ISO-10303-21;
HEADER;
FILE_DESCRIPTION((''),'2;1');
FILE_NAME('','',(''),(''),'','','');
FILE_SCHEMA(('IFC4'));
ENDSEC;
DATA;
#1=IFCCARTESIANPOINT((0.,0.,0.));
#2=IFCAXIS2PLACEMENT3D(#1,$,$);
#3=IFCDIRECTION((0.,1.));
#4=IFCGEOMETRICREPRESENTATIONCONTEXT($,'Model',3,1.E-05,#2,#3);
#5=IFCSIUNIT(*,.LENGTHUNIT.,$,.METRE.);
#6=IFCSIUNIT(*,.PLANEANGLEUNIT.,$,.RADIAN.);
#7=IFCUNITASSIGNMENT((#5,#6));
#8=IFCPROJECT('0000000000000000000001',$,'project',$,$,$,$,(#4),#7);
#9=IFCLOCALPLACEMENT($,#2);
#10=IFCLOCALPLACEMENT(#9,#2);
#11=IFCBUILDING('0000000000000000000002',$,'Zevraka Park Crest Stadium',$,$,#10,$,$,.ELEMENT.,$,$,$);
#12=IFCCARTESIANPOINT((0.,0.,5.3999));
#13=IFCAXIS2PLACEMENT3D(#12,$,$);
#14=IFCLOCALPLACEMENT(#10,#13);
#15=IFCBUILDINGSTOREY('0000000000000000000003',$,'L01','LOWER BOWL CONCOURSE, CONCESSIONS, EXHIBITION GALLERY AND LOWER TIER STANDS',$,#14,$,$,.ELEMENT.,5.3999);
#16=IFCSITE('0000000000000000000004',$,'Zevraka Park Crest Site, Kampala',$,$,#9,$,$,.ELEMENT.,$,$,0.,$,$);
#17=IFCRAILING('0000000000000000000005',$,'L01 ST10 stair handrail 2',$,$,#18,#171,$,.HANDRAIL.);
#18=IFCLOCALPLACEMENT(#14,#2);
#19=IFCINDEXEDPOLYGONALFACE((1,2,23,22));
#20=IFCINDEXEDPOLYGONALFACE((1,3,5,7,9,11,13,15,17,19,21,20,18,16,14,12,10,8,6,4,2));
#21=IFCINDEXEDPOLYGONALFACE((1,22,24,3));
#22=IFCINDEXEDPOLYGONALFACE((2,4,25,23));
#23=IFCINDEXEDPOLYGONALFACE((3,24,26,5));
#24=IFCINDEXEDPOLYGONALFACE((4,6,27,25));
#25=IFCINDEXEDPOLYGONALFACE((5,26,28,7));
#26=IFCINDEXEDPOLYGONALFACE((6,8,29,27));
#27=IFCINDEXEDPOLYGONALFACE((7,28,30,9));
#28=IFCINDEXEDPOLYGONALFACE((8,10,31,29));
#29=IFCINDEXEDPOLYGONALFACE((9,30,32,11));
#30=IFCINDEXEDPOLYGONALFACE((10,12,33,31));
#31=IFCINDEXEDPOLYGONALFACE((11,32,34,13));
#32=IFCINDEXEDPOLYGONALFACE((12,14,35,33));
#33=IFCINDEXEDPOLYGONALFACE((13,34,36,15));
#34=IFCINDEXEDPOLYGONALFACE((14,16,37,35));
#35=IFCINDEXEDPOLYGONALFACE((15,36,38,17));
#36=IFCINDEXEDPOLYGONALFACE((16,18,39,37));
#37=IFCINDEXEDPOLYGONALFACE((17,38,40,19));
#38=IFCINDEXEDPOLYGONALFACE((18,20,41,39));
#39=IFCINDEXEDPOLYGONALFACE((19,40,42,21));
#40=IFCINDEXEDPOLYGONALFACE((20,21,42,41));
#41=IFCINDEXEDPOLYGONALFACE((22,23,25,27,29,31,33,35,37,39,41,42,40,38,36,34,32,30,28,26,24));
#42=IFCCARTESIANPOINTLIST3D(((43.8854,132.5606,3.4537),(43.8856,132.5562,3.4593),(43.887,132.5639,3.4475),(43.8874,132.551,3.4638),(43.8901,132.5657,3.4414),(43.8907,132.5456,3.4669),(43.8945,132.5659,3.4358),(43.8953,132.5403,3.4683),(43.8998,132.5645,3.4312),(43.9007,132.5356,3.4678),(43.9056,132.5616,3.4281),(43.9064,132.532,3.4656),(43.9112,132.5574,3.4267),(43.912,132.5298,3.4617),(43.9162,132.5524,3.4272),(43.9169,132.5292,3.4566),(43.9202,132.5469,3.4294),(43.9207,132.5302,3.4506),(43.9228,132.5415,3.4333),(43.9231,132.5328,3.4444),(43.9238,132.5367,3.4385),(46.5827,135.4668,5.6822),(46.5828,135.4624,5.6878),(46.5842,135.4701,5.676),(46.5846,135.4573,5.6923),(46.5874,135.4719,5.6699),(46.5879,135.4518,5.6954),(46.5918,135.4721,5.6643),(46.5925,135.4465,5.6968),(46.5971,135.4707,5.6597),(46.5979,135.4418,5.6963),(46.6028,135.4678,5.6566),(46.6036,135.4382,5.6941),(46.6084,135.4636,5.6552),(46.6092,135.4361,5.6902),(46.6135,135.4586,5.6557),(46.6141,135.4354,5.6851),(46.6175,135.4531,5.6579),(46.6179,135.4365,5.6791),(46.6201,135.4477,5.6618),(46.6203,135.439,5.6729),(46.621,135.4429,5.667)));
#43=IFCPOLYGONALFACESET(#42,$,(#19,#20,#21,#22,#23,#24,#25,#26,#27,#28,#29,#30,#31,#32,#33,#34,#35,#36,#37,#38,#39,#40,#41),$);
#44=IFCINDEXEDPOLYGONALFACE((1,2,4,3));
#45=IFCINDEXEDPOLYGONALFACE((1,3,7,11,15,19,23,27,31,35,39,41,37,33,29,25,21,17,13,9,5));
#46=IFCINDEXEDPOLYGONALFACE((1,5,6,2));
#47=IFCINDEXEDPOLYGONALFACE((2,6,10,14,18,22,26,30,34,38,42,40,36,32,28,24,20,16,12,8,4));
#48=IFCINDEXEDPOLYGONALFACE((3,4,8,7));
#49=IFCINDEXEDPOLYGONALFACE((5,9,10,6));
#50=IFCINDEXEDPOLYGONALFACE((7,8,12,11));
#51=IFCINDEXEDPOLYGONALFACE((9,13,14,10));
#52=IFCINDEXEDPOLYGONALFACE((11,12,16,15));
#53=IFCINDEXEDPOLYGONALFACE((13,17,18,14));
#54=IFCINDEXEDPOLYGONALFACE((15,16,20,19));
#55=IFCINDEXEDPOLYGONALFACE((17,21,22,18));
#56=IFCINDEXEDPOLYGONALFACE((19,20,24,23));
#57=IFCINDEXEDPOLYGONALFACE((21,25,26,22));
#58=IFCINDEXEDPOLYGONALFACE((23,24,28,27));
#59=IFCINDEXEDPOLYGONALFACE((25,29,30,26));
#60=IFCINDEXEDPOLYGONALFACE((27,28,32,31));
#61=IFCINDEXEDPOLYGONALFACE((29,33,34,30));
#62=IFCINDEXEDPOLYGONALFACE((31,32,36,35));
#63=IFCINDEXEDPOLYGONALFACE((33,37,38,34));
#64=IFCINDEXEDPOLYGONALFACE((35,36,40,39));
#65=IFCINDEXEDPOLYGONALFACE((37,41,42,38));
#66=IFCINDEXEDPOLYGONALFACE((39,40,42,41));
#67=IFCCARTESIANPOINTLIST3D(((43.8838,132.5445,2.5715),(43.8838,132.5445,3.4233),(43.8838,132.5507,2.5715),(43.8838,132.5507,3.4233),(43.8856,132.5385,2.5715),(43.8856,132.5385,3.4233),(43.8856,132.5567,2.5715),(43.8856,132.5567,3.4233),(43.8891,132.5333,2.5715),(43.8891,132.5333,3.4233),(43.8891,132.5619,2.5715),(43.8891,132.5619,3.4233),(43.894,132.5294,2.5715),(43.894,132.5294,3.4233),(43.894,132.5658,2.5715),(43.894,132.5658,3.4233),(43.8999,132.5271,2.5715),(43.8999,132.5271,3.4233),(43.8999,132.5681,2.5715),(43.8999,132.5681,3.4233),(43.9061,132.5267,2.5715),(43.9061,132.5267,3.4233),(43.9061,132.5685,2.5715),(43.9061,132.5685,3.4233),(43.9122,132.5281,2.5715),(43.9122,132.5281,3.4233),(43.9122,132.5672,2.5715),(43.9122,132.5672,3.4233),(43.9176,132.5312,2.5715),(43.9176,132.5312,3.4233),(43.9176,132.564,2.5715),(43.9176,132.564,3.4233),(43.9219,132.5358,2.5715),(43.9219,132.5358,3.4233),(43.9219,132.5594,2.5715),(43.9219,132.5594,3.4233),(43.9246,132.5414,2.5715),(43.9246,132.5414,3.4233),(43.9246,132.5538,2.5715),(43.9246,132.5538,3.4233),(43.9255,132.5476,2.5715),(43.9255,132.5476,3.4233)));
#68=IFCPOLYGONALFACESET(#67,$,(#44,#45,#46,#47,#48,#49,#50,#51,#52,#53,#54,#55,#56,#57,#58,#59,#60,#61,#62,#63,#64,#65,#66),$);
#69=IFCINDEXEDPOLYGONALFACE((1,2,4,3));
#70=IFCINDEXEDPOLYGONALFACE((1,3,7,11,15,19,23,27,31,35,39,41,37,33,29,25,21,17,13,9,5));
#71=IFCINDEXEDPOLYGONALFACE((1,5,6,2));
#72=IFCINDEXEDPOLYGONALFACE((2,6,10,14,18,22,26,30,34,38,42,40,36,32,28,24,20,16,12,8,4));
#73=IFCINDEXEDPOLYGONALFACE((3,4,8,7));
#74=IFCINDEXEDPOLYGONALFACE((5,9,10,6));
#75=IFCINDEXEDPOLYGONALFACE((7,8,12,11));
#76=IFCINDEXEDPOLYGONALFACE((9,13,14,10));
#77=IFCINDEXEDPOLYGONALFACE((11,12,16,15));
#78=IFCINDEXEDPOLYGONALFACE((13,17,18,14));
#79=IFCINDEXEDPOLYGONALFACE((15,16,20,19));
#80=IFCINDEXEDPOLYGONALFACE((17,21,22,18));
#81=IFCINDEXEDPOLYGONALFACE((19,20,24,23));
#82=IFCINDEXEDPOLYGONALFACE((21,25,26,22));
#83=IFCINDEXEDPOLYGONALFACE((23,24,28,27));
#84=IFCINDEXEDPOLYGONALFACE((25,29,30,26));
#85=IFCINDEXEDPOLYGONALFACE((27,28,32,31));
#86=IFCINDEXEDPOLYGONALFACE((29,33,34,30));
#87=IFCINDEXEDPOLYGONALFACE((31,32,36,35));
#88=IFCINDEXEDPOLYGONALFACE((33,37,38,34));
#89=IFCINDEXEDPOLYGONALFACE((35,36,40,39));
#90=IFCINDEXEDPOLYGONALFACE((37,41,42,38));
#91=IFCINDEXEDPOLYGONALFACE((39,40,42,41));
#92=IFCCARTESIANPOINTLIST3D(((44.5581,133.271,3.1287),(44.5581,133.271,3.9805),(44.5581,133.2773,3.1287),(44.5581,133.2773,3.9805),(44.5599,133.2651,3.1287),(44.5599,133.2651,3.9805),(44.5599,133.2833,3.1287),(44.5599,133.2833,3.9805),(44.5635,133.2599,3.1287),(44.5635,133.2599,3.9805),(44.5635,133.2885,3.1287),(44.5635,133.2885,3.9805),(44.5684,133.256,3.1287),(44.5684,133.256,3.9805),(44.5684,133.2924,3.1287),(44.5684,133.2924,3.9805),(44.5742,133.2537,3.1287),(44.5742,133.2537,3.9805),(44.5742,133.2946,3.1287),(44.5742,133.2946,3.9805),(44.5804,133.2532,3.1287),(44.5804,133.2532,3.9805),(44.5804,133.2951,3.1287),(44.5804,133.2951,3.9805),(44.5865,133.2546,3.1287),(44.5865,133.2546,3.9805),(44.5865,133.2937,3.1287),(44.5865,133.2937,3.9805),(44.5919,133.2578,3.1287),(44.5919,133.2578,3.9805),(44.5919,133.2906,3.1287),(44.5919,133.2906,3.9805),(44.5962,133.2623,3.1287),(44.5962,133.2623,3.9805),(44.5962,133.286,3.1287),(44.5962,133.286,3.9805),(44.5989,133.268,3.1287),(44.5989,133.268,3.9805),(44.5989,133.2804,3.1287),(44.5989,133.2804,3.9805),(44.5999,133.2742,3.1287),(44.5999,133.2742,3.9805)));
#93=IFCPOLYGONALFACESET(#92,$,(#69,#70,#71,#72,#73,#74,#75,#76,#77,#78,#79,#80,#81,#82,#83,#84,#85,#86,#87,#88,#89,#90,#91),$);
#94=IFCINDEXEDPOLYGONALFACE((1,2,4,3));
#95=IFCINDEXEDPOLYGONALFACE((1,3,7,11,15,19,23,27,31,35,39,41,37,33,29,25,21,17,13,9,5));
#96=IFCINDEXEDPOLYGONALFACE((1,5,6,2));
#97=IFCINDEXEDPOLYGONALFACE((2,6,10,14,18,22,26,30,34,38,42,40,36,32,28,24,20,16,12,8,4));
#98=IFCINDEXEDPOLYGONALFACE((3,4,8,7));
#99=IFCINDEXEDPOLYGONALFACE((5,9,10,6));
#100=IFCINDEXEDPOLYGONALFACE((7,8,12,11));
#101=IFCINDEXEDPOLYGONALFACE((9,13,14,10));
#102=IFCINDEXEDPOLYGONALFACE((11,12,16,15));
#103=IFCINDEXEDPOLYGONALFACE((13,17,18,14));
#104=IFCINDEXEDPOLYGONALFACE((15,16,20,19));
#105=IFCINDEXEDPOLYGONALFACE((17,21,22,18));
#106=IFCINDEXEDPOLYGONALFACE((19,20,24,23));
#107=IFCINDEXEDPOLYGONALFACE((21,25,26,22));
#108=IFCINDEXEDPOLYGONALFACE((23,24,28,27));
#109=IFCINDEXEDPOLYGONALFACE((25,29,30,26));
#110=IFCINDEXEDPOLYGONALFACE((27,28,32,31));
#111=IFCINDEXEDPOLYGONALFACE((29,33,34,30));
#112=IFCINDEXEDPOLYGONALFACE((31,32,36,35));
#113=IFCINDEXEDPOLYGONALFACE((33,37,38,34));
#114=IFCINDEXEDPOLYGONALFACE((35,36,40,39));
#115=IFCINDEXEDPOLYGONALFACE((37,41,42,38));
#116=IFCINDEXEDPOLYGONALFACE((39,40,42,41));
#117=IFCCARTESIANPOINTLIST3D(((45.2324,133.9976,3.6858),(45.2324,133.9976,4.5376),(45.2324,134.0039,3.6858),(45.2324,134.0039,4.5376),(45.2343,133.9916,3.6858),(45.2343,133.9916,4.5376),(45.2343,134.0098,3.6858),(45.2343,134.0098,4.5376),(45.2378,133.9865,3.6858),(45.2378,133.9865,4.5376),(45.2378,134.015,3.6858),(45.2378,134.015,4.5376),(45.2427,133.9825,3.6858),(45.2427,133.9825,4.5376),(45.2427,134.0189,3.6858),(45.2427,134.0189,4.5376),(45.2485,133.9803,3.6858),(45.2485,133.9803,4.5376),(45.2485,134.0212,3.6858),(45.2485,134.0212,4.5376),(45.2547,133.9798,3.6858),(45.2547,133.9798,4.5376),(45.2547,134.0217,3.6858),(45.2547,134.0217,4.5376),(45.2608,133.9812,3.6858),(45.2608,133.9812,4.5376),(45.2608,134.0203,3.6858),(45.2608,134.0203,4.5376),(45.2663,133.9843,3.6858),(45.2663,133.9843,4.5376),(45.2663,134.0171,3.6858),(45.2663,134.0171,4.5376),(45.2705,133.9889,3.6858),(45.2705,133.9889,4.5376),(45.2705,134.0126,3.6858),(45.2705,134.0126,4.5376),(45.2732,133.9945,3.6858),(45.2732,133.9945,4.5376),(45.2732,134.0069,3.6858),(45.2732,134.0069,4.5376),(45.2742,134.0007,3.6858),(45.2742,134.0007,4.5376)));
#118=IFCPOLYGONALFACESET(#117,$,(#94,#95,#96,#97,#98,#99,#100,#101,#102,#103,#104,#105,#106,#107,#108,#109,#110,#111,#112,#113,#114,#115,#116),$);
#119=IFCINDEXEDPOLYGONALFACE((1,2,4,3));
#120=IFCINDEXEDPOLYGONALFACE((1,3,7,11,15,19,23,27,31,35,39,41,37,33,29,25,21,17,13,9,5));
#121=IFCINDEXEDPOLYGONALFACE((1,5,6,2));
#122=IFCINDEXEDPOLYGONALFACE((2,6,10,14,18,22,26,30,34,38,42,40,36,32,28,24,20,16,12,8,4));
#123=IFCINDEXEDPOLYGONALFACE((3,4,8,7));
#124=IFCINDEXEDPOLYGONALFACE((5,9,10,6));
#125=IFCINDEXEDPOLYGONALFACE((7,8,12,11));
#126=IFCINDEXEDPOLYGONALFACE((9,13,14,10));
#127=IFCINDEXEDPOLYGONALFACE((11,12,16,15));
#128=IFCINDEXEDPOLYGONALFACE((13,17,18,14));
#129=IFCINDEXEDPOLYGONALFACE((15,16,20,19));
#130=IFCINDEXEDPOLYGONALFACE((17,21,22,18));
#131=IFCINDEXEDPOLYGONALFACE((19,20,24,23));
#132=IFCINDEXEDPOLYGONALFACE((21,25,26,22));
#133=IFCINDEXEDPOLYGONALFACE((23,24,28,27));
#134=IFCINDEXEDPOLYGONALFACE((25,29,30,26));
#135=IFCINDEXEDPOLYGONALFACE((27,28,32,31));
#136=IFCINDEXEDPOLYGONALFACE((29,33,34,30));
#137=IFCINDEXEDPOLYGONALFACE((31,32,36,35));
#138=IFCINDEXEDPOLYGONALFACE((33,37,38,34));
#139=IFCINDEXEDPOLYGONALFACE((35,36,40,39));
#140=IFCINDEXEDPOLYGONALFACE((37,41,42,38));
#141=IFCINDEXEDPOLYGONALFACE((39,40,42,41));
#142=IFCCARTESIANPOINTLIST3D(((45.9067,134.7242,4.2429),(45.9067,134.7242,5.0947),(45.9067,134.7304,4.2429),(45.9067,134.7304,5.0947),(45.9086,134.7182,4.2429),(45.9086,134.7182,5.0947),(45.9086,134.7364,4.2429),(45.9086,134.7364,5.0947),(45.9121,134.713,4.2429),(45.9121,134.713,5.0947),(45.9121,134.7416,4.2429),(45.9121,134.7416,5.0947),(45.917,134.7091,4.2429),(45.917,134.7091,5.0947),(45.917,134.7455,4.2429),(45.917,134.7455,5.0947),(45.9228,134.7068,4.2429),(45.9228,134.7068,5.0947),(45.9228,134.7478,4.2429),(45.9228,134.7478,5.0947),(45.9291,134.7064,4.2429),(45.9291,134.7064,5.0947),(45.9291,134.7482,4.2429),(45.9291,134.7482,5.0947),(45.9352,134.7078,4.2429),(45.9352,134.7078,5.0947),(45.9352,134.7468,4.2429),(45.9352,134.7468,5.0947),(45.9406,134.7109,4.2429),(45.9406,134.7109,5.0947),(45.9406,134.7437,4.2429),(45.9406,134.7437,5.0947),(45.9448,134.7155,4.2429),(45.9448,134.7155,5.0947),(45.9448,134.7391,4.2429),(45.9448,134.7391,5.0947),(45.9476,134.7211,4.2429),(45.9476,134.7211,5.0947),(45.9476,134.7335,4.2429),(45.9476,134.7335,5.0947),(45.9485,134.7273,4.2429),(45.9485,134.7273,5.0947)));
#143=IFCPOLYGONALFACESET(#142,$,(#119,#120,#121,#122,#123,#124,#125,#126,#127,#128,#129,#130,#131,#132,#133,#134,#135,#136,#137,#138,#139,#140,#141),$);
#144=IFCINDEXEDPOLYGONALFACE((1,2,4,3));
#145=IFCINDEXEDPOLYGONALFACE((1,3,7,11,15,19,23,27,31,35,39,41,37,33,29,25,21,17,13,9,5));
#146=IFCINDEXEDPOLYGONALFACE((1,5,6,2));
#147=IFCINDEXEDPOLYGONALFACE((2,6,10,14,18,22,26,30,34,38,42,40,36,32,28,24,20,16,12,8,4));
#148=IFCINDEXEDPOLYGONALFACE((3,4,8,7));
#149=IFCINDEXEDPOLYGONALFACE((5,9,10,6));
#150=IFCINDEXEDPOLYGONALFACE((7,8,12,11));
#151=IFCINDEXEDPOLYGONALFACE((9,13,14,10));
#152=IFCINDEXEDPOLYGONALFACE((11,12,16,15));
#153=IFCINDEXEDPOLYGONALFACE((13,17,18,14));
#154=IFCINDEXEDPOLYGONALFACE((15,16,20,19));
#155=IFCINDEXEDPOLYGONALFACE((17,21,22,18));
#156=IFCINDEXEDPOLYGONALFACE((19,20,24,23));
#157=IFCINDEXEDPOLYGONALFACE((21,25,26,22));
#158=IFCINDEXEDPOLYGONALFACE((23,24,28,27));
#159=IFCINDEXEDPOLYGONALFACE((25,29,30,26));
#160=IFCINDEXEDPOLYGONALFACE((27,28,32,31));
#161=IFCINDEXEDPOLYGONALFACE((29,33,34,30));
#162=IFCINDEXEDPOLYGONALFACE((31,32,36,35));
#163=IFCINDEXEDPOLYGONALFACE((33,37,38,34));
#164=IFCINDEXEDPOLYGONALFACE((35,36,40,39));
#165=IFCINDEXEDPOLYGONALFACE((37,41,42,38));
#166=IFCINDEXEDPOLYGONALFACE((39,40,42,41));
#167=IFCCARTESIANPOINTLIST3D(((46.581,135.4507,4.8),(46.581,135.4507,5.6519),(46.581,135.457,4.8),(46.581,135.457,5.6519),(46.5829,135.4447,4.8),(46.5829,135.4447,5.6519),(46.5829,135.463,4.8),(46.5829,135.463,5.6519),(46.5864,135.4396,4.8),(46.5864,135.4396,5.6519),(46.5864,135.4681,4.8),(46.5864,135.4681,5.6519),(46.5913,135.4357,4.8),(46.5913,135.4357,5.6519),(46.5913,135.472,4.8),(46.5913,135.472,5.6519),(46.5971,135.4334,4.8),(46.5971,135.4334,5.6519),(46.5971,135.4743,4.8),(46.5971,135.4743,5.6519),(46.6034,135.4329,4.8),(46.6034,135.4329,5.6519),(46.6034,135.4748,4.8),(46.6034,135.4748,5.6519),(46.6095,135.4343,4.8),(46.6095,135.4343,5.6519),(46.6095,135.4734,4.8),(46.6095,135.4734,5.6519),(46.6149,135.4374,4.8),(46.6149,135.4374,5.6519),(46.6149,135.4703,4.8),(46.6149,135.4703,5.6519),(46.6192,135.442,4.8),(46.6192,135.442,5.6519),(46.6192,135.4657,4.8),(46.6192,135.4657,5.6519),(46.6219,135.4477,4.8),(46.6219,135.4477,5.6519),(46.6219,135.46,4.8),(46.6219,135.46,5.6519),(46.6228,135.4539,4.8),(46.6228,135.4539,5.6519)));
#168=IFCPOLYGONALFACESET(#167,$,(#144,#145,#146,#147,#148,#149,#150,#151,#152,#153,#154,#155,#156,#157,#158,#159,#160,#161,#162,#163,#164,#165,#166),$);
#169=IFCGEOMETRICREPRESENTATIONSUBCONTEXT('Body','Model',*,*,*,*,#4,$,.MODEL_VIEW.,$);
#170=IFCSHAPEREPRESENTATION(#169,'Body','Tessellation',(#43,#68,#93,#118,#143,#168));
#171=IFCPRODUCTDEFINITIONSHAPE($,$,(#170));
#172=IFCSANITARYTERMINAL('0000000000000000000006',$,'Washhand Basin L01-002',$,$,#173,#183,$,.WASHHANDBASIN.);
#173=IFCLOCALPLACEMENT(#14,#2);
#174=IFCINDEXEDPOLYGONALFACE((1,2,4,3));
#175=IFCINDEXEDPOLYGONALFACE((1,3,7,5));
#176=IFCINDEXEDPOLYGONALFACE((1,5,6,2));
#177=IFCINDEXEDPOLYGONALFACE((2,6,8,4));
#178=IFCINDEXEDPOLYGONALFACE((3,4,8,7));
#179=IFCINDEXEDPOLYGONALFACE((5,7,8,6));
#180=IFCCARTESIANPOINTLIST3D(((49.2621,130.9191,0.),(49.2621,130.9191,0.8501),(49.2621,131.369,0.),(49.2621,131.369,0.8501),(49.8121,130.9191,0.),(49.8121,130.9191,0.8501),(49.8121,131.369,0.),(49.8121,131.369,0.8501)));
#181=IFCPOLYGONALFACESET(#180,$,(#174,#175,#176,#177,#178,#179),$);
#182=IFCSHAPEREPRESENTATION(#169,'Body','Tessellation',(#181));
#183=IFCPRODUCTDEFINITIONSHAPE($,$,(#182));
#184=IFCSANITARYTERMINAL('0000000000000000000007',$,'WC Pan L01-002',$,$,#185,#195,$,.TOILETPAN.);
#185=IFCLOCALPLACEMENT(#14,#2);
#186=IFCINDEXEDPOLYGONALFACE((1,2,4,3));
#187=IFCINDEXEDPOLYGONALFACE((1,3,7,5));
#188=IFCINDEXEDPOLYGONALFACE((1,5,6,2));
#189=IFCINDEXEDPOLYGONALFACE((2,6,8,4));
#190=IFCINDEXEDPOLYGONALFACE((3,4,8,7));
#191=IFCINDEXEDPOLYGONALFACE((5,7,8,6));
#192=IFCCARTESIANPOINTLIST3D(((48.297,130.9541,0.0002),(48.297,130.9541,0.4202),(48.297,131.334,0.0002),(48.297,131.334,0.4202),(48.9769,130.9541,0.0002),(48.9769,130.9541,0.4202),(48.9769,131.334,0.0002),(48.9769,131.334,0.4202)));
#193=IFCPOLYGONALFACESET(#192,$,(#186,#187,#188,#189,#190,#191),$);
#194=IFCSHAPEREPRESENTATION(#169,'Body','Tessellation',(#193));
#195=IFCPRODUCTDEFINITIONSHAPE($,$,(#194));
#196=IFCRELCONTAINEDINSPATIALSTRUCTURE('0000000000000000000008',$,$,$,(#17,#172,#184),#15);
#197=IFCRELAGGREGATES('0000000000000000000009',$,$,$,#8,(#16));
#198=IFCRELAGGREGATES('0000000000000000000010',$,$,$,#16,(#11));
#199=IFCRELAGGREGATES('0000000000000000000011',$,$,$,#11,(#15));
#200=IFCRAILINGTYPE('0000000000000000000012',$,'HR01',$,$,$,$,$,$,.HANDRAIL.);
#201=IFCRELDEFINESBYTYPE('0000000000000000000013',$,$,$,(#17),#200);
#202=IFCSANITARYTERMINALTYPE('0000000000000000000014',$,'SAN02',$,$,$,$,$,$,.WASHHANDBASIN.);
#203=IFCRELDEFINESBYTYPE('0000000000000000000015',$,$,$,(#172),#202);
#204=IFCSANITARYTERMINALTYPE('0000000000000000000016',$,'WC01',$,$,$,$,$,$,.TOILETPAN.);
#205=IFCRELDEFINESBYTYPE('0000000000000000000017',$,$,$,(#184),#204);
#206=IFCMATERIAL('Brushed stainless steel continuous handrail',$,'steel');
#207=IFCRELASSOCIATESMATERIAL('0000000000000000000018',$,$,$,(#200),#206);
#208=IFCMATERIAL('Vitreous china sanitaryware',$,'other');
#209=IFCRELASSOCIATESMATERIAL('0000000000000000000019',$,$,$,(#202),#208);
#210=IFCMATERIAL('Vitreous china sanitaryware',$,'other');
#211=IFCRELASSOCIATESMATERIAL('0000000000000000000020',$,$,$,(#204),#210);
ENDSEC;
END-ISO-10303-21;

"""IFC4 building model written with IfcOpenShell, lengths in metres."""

from ifc_helpers import new_model, si_unit, direction, frame, origin, origin_2d, place, context, subcontext, project, spatial, rectangle, circle, extrude, material, type_object, element, save


model = new_model("IFC4")

# Units and contexts
model_context = context("Model", 3, precision=1e-05, world=origin(), true_north=direction((0.0, 1.0)))
body_context = subcontext(model_context, "Body", "Model", "MODEL_VIEW")
ifc_project = project(units=[si_unit("LENGTHUNIT", "METRE"), si_unit("PLANEANGLEUNIT", "RADIAN")], contexts=[model_context])

# Site, building, storey
site_placement = place(None, origin())
site = spatial("IfcSite", under=ifc_project, at=site_placement, Name="Zevraka Park Crest Site, Kampala", CompositionType="ELEMENT", RefElevation=0.0)
building_placement = place(site_placement, origin())
building = spatial("IfcBuilding", under=site, at=building_placement, Name="Zevraka Park Crest Stadium", CompositionType="ELEMENT")
storey_placement = place(building_placement, frame((0.0, 0.0, 5.3999)))
storey = spatial("IfcBuildingStorey", under=building, at=storey_placement, Name="L01", Description="LOWER BOWL CONCOURSE, CONCESSIONS, EXHIBITION GALLERY AND LOWER TIER STANDS", CompositionType="ELEMENT", Elevation=5.3999)

# Railing
ifc_material_1 = material(Name="Brushed stainless steel continuous handrail", Category="steel")
railing_type_1 = type_object("IfcRailingType", Name="HR01", PredefinedType="HANDRAIL", material=ifc_material_1)
railing_1_placement = place(storey_placement, frame((43.9045, 132.5476, 2.5715)))
element("IfcRailing", 1, at=railing_1_placement, inside=storey, type_object=railing_type_1, Name="L01 ST10 stair handrail 2", PredefinedType="HANDRAIL", context=body_context, shape_type="SweptSolid", body=[
    extrude(circle(Radius=0.0239, at=origin_2d()), frame((0.0, 0.0, 0.876), z_axis=(0.593016, 0.638963, 0.489957), x_axis=(-0.732969, 0.680262, 0.0)), (0.0, 0.0, 1.0), 4.5483),
    extrude(circle(Radius=0.021, at=origin_2d()), origin(), (0.0, 0.0, 1.0), 0.8518),
    extrude(circle(Radius=0.021, at=origin_2d()), frame((0.6743, 0.7266, 0.5571)), (0.0, 0.0, 1.0), 0.8518),
    extrude(circle(Radius=0.021, at=origin_2d()), frame((1.3486, 1.4531, 1.1143)), (0.0, 0.0, 1.0), 0.8518),
    extrude(circle(Radius=0.021, at=origin_2d()), frame((2.0229, 2.1797, 1.6714)), (0.0, 0.0, 1.0), 0.8518),
    extrude(circle(Radius=0.021, at=origin_2d()), frame((2.6973, 2.9062, 2.2285)), (0.0, 0.0, 1.0), 0.8518),
])

# Sanitary terminals
ifc_material_2 = material(Name="Vitreous china sanitaryware", Category="other")
sanitary_terminal_type_1 = type_object("IfcSanitaryTerminalType", Name="SAN02", PredefinedType="WASHHANDBASIN", material=ifc_material_2)
sanitary_terminal_1_placement = place(storey_placement, frame((49.5371, 131.144, 0.0), z_axis=(0.0, 0.0, 1.0), x_axis=(1.0, 0.0, 0.0)))
element("IfcSanitaryTerminal", 2, at=sanitary_terminal_1_placement, inside=storey, type_object=sanitary_terminal_type_1, Name="Washhand Basin L01-002", PredefinedType="WASHHANDBASIN", context=body_context, shape_type="SweptSolid", body=[
    extrude(rectangle(XDim=0.55, YDim=0.45, at=origin_2d()), origin(), (0.0, 0.0, 1.0), 0.8501),
])
ifc_material_3 = material(Name="Vitreous china sanitaryware", Category="other")
sanitary_terminal_type_2 = type_object("IfcSanitaryTerminalType", Name="WC01", PredefinedType="TOILETPAN", material=ifc_material_3)
sanitary_terminal_2_placement = place(storey_placement, frame((48.637, 131.144, 0.0002), z_axis=(0.0, 0.0, 1.0), x_axis=(1.0, 0.0, 0.0)))
element("IfcSanitaryTerminal", 3, at=sanitary_terminal_2_placement, inside=storey, type_object=sanitary_terminal_type_2, Name="WC Pan L01-002", PredefinedType="TOILETPAN", context=body_context, shape_type="SweptSolid", body=[
    extrude(rectangle(XDim=0.6799, YDim=0.3799, at=origin_2d()), origin(), (0.0, 0.0, 1.0), 0.4199),
])

save(model, "model.ifc")
